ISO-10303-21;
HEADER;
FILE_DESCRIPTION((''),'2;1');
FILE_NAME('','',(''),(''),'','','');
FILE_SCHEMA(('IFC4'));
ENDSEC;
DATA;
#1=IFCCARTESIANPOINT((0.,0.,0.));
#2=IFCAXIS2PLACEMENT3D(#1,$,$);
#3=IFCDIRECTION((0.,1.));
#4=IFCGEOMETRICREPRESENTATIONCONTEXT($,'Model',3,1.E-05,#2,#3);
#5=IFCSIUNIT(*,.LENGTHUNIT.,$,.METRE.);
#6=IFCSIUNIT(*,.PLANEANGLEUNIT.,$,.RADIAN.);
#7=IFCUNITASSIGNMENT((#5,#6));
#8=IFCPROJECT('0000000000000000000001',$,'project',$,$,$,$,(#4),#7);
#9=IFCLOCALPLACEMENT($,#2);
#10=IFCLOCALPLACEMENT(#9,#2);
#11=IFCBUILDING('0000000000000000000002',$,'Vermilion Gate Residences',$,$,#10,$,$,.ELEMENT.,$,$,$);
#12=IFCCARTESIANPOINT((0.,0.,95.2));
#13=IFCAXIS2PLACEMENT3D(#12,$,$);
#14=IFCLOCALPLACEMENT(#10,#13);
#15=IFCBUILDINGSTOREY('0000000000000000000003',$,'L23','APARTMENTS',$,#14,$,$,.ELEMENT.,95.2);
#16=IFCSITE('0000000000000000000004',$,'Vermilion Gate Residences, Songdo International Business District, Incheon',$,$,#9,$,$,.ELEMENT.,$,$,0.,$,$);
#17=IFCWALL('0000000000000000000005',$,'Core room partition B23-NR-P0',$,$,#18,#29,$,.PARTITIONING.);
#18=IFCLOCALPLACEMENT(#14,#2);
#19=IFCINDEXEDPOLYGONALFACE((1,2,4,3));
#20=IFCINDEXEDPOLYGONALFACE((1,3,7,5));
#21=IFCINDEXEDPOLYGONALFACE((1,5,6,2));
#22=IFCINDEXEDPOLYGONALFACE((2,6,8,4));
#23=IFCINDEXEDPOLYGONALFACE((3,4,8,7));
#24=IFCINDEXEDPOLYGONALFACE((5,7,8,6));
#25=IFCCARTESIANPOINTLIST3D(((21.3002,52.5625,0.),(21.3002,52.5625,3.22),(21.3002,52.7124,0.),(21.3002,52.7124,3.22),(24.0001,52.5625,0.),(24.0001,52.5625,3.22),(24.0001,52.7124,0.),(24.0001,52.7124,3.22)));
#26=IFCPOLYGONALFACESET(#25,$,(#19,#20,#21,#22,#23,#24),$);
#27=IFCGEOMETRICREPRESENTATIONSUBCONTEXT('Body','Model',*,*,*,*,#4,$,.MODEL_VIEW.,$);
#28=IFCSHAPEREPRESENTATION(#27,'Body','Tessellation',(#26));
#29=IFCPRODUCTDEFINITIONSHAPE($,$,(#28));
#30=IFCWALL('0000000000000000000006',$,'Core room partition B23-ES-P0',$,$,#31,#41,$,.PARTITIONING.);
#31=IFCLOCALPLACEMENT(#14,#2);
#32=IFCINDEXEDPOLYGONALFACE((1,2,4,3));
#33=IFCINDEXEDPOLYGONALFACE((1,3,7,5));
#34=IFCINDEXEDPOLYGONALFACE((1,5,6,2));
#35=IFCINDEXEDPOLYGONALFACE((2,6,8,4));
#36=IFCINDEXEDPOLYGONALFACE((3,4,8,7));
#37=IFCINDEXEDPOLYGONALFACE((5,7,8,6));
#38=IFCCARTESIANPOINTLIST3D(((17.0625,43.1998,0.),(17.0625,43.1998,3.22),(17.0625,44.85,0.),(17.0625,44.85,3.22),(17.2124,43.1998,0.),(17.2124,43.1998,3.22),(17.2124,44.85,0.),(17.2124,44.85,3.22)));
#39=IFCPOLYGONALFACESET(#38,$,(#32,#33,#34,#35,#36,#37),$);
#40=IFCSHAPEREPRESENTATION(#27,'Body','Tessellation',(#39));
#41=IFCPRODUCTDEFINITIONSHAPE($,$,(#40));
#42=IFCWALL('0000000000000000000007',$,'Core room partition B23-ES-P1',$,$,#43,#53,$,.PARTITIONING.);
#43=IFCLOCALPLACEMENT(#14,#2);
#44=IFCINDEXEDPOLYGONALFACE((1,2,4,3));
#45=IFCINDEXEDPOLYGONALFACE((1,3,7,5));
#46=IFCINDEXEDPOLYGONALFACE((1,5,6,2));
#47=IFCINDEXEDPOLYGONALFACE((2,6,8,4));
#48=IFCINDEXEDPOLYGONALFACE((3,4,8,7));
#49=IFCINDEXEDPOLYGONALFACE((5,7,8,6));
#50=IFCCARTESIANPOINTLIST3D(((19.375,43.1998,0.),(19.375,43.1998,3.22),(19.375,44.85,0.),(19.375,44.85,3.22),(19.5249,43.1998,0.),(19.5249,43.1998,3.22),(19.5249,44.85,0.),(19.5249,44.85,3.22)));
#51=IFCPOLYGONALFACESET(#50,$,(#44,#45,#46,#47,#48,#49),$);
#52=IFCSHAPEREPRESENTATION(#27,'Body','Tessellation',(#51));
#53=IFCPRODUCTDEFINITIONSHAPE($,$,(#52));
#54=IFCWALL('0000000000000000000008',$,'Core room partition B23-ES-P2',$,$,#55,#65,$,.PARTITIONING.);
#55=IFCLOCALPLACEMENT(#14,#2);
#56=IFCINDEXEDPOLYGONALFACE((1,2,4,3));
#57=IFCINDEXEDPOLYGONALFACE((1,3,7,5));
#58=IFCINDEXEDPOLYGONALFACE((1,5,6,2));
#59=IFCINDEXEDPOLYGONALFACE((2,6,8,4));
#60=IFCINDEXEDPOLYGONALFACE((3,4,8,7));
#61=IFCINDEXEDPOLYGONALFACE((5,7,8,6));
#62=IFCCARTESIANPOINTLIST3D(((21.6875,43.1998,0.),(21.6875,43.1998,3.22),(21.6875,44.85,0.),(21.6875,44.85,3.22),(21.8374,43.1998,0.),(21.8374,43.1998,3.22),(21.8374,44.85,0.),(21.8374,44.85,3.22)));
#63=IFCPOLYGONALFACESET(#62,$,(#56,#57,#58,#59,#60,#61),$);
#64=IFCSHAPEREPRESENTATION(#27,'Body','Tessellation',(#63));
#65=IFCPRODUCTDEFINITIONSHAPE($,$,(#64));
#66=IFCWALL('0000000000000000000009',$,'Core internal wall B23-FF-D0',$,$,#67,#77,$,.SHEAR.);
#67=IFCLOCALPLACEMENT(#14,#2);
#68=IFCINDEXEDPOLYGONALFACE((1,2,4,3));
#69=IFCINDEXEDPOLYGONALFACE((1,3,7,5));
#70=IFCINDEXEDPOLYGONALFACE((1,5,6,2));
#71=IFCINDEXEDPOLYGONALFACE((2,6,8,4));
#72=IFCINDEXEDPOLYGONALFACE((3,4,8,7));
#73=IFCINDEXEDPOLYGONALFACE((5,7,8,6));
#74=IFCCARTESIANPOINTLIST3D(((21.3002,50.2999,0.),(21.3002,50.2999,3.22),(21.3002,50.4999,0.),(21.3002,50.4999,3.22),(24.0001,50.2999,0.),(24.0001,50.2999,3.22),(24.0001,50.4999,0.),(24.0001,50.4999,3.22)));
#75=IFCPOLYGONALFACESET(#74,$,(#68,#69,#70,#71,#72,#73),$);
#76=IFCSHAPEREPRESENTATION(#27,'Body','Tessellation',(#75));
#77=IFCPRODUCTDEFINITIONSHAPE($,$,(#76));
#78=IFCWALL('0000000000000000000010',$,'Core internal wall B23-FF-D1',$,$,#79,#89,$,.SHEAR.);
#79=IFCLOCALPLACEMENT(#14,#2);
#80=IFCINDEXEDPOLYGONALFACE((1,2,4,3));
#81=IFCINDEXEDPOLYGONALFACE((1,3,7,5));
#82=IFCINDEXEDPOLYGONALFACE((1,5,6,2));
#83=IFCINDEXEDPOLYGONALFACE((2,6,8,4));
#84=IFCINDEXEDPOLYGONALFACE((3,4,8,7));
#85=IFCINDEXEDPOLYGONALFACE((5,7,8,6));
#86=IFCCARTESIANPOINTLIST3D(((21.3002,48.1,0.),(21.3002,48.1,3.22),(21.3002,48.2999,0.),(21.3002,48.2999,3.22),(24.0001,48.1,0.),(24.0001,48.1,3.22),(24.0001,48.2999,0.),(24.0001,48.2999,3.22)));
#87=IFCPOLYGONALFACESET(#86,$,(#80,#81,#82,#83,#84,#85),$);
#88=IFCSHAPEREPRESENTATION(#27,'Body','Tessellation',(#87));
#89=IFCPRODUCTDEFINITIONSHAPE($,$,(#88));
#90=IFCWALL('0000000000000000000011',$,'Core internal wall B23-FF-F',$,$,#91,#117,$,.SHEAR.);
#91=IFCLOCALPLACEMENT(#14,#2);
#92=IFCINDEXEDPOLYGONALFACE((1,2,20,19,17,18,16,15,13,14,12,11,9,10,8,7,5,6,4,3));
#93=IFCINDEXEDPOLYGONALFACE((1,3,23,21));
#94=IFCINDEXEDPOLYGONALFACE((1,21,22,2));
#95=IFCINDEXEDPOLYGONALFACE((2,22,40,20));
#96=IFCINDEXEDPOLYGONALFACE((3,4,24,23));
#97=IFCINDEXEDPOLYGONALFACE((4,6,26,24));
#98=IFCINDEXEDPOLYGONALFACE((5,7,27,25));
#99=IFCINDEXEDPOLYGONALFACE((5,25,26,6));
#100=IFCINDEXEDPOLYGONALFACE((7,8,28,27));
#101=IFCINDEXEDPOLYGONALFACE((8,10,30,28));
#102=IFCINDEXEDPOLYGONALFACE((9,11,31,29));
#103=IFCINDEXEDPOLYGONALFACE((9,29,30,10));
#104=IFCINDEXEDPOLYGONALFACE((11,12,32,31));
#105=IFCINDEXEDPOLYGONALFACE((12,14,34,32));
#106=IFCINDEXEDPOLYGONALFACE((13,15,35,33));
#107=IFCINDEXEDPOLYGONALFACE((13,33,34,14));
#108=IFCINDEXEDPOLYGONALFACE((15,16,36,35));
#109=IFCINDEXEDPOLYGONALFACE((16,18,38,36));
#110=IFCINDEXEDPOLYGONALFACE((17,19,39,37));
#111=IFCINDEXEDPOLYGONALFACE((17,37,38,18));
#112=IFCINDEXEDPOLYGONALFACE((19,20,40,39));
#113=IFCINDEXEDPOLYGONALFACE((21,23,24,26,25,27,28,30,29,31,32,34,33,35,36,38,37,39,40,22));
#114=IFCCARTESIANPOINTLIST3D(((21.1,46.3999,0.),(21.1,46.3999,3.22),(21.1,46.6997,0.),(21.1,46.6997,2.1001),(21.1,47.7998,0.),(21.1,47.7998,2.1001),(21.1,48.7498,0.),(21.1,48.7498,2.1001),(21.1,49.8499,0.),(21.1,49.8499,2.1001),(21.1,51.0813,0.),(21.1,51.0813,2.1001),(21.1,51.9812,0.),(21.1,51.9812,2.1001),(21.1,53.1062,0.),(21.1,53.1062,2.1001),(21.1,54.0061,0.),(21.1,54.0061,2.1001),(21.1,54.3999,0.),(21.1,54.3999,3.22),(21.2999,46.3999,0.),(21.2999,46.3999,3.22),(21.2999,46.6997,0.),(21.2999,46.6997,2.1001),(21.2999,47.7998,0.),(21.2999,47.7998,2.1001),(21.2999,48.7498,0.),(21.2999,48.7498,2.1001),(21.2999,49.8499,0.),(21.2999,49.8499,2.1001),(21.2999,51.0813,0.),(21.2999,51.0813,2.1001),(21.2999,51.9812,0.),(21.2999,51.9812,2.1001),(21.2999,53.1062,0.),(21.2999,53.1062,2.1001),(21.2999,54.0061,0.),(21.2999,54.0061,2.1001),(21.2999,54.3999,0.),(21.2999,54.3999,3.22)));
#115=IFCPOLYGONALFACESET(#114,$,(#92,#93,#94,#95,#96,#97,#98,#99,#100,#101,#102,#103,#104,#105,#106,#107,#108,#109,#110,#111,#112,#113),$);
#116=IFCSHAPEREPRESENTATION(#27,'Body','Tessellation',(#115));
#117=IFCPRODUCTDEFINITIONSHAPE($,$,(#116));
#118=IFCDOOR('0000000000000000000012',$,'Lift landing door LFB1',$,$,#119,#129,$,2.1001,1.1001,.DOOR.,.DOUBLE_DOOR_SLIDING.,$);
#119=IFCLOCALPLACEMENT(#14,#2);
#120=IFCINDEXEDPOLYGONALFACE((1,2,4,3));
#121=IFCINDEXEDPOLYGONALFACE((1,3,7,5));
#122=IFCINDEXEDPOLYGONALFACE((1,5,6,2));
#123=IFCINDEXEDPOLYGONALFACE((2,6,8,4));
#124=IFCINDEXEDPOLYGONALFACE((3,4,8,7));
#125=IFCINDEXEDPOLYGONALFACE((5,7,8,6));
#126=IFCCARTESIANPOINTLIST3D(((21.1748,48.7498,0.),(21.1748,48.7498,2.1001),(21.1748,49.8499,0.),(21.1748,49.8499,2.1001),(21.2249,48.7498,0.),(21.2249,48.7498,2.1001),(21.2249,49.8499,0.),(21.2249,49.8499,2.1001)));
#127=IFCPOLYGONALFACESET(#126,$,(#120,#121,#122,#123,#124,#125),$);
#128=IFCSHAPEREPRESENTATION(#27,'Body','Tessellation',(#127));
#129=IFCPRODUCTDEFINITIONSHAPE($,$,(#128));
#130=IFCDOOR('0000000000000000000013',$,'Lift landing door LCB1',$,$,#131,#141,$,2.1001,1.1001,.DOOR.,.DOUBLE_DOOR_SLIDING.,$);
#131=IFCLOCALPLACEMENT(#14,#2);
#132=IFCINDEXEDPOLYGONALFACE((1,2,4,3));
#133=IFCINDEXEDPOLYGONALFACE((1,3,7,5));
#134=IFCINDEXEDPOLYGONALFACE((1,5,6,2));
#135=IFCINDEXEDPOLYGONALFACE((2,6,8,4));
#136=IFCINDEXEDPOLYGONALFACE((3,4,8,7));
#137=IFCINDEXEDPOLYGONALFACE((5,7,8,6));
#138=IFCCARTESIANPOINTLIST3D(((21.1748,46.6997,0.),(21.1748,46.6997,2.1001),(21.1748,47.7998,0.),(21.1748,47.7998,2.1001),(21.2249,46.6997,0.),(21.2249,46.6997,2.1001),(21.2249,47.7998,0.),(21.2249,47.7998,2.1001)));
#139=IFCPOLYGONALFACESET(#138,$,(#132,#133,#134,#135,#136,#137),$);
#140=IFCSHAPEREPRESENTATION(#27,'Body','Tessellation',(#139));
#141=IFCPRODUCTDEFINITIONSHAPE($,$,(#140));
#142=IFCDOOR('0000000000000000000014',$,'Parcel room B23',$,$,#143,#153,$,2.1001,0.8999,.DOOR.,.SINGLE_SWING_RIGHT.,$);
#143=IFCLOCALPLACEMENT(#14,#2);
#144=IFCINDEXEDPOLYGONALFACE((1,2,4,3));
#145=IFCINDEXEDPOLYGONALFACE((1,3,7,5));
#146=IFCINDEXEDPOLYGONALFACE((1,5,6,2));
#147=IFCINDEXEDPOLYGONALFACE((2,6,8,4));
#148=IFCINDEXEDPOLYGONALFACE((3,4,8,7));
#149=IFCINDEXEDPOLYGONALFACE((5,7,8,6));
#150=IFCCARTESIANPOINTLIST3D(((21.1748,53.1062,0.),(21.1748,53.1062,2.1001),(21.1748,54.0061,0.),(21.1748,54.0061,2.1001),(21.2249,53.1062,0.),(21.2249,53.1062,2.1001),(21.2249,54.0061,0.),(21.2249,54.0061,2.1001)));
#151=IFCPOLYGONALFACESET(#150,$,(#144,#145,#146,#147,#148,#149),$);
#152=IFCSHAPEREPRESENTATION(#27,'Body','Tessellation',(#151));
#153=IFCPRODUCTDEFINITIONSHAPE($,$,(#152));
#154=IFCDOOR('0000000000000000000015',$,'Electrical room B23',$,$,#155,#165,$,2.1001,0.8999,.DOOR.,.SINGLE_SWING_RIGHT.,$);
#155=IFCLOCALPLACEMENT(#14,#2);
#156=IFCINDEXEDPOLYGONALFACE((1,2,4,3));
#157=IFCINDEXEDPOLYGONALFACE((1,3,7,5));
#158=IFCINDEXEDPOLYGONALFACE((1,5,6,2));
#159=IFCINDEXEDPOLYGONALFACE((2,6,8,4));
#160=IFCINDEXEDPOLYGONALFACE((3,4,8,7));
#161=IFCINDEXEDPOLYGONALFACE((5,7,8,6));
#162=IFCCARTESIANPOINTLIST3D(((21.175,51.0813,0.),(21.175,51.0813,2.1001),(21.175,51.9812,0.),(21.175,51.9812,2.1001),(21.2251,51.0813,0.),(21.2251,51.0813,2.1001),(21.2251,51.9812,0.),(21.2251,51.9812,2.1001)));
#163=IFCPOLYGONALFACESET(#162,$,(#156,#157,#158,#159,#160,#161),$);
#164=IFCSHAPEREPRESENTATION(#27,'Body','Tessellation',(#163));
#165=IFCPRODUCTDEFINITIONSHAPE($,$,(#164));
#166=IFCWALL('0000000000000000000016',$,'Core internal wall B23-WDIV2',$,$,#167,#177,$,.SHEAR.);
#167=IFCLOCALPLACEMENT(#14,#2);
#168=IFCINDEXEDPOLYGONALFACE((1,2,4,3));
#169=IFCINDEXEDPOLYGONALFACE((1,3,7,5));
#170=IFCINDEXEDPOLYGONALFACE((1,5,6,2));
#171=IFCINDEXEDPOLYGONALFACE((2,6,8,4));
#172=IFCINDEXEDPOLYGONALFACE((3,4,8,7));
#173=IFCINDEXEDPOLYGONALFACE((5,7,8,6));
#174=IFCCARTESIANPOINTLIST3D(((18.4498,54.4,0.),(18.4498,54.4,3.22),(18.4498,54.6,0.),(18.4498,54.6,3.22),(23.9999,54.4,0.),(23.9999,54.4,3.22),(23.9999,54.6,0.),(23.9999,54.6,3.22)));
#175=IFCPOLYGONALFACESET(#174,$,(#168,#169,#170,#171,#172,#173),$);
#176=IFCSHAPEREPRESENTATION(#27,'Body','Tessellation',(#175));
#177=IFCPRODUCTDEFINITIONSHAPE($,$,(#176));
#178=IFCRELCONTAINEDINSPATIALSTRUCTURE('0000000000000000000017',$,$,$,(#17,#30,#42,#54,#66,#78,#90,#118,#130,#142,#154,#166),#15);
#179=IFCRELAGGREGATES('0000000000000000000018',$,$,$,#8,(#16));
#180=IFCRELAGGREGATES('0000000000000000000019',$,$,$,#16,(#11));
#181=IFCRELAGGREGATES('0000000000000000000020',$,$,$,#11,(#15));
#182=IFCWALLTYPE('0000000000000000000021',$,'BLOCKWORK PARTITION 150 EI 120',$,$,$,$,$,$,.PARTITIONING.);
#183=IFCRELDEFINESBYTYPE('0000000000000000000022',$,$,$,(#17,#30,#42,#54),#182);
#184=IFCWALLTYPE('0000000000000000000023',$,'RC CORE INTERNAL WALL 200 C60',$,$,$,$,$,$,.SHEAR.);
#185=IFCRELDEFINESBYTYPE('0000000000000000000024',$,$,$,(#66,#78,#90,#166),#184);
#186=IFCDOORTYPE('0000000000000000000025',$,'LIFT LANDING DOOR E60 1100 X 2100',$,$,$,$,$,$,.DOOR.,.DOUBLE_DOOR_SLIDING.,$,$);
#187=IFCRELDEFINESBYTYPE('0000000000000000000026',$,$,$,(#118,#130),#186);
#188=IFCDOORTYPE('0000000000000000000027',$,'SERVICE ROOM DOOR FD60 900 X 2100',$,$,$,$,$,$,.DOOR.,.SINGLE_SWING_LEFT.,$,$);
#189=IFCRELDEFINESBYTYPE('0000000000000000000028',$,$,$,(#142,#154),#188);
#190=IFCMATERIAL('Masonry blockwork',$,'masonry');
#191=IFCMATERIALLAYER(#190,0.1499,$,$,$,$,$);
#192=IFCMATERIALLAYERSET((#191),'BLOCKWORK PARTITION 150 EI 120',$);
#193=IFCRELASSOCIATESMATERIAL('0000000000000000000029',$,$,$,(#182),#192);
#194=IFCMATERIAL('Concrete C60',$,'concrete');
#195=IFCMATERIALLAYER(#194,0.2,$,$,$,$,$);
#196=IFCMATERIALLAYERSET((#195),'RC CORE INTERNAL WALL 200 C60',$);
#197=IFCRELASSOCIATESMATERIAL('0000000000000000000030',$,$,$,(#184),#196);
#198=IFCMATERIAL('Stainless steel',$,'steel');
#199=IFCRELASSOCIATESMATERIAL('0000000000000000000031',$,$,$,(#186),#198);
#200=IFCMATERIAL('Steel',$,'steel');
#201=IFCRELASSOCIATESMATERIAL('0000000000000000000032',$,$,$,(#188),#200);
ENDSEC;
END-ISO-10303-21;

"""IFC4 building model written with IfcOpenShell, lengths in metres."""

from ifc_helpers import new_model, si_unit, direction, frame, frame_2d, origin, place, context, subcontext, project, spatial, rectangle, extrude, material, layer, layer_set, type_object, element, fill, save


model = new_model("IFC4")

# Units and contexts
model_context = context("Model", 3, precision=1e-05, world=origin(), true_north=direction((0.0, 1.0)))
body_context = subcontext(model_context, "Body", "Model", "MODEL_VIEW")
ifc_project = project(units=[si_unit("LENGTHUNIT", "METRE"), si_unit("PLANEANGLEUNIT", "RADIAN")], contexts=[model_context])

# Site, building, storey
site_placement = place(None, origin())
site = spatial("IfcSite", under=ifc_project, at=site_placement, Name="Vermilion Gate Residences, Songdo International Business District, Incheon", CompositionType="ELEMENT", RefElevation=0.0)
building_placement = place(site_placement, origin())
building = spatial("IfcBuilding", under=site, at=building_placement, Name="Vermilion Gate Residences", CompositionType="ELEMENT")
storey_placement = place(building_placement, frame((0.0, 0.0, 95.2)))
storey = spatial("IfcBuildingStorey", under=building, at=storey_placement, Name="L23", Description="APARTMENTS", CompositionType="ELEMENT", Elevation=95.2)

# Walls
ifc_material_1 = material(Name="Masonry blockwork", Category="masonry")
ifc_layer_1 = layer(ifc_material_1, 0.1499)
ifc_layer_set_1 = layer_set([ifc_layer_1], Name="BLOCKWORK PARTITION 150 EI 120")
wall_type_1 = type_object("IfcWallType", Name="BLOCKWORK PARTITION 150 EI 120", PredefinedType="PARTITIONING", material=ifc_layer_set_1)
wall_1_placement = place(storey_placement, frame((21.3, 52.6375, 0.0), z_axis=(0.0, 0.0, 1.0), x_axis=(1.0, 0.0, 0.0)))
element("IfcWall", 1, at=wall_1_placement, inside=storey, type_object=wall_type_1, Name="Core room partition B23-NR-P0", PredefinedType="PARTITIONING", context=body_context, shape_type="SweptSolid", body=[
    extrude(rectangle(XDim=2.7, YDim=0.1499, at=frame_2d((1.3501, 0.0))), origin(), (0.0, 0.0, 1.0), 3.22),
])
for number, where, z_axis, x_axis, name in (
    (2, (17.1375, 44.8501, 0.0), (0.0, 0.0, 1.0), (0.0, -1.0, 0.0), "Core room partition B23-ES-P0"),
    (3, (19.45, 44.8501, 0.0), (0.0, 0.0, 1.0), (0.0, -1.0, 0.0), "Core room partition B23-ES-P1"),
    (4, (21.7625, 44.8501, 0.0), (0.0, 0.0, 1.0), (0.0, -1.0, 0.0), "Core room partition B23-ES-P2"),
):
    element("IfcWall", number, at=place(storey_placement, frame(where, z_axis=z_axis, x_axis=x_axis)), inside=storey, type_object=wall_type_1, Name=name, PredefinedType="PARTITIONING", context=body_context, shape_type="SweptSolid", body=[
        extrude(rectangle(XDim=1.6501, YDim=0.1499, at=frame_2d((0.8252, 0.0))), origin(), (0.0, 0.0, 1.0), 3.22),
    ])
ifc_material_2 = material(Name="Concrete C60", Category="concrete")
ifc_layer_2 = layer(ifc_material_2, 0.2)
ifc_layer_set_2 = layer_set([ifc_layer_2], Name="RC CORE INTERNAL WALL 200 C60")
wall_type_2 = type_object("IfcWallType", Name="RC CORE INTERNAL WALL 200 C60", PredefinedType="SHEAR", material=ifc_layer_set_2)
for number, where, z_axis, x_axis, name in (
    (5, (21.3, 50.3999, 0.0), (0.0, 0.0, 1.0), (1.0, 0.0, 0.0), "Core internal wall B23-FF-D0"),
    (6, (21.3, 48.2, 0.0), (0.0, 0.0, 1.0), (1.0, 0.0, 0.0), "Core internal wall B23-FF-D1"),
):
    element("IfcWall", number, at=place(storey_placement, frame(where, z_axis=z_axis, x_axis=x_axis)), inside=storey, type_object=wall_type_2, Name=name, PredefinedType="SHEAR", context=body_context, shape_type="SweptSolid", body=[
        extrude(rectangle(XDim=2.7, YDim=0.2, at=frame_2d((1.3501, 0.0))), origin(), (0.0, 0.0, 1.0), 3.22),
    ])

# Wall, openings, doors
wall_2_placement = place(storey_placement, frame((21.2, 54.3999, 0.0), z_axis=(0.0, 0.0, 1.0), x_axis=(0.0, -1.0, 0.0)))
wall_2 = element("IfcWall", 7, at=wall_2_placement, inside=storey, type_object=wall_type_2, Name="Core internal wall B23-FF-F", PredefinedType="SHEAR", context=body_context, shape_type="SweptSolid", body=[
    extrude(rectangle(XDim=8.0, YDim=0.2, at=frame_2d((4.0, 0.0))), origin(), (0.0, 0.0, 1.0), 3.22),
])
opening_1_placement = place(wall_2_placement, frame((0.3938, 0.0, 0.0)))
opening_1 = element("IfcOpeningElement", 8, at=opening_1_placement, cuts=wall_2, PredefinedType="OPENING", context=body_context, shape_type="SweptSolid", body=[
    extrude(rectangle(XDim=0.8999, YDim=2.1001, at=frame_2d((0.45, 1.05))), frame((0.0, 0.1099, 0.0), z_axis=(0.0, -1.0, 0.0), x_axis=(1.0, 0.0, 0.0)), (0.0, 0.0, 1.0), 0.22),
])
opening_2_placement = place(wall_2_placement, frame((2.4187, 0.0, 0.0)))
opening_2 = element("IfcOpeningElement", 9, at=opening_2_placement, cuts=wall_2, PredefinedType="OPENING", context=body_context, shape_type="SweptSolid", body=[
    extrude(rectangle(XDim=0.8999, YDim=2.1001, at=frame_2d((0.45, 1.05))), frame((0.0, 0.1099, 0.0), z_axis=(0.0, -1.0, 0.0), x_axis=(1.0, 0.0, 0.0)), (0.0, 0.0, 1.0), 0.22),
])
opening_3_placement = place(wall_2_placement, frame((4.55, 0.0, 0.0)))
opening_3 = element("IfcOpeningElement", 10, at=opening_3_placement, cuts=wall_2, PredefinedType="OPENING", context=body_context, shape_type="SweptSolid", body=[
    extrude(rectangle(XDim=1.1001, YDim=2.1001, at=frame_2d((0.55, 1.05))), frame((0.0, 0.1099, 0.0), z_axis=(0.0, -1.0, 0.0), x_axis=(1.0, 0.0, 0.0)), (0.0, 0.0, 1.0), 0.22),
])
opening_4_placement = place(wall_2_placement, frame((6.6001, 0.0, 0.0)))
opening_4 = element("IfcOpeningElement", 11, at=opening_4_placement, cuts=wall_2, PredefinedType="OPENING", context=body_context, shape_type="SweptSolid", body=[
    extrude(rectangle(XDim=1.1001, YDim=2.1001, at=frame_2d((0.55, 1.05))), frame((0.0, 0.1099, 0.0), z_axis=(0.0, -1.0, 0.0), x_axis=(1.0, 0.0, 0.0)), (0.0, 0.0, 1.0), 0.22),
])
ifc_material_3 = material(Name="Stainless steel", Category="steel")
door_type_1 = type_object("IfcDoorType", Name="LIFT LANDING DOOR E60 1100 X 2100", OperationType="DOUBLE_DOOR_SLIDING", PredefinedType="DOOR", material=ifc_material_3)
door_1_placement = place(opening_3_placement, origin())
door_1 = element("IfcDoor", 12, at=door_1_placement, inside=storey, type_object=door_type_1, Name="Lift landing door LFB1", OperationType="DOUBLE_DOOR_SLIDING", OverallHeight=2.1001, OverallWidth=1.1001, PredefinedType="DOOR", context=body_context, shape_type="SweptSolid", body=[
    extrude(rectangle(XDim=1.1001, YDim=2.1001, at=frame_2d((0.55, 1.05))), frame((0.0, 0.0249, 0.0), z_axis=(0.0, -1.0, 0.0), x_axis=(1.0, 0.0, 0.0)), (0.0, 0.0, 1.0), 0.05),
])
fill(opening_3, door_1)
door_2_placement = place(opening_4_placement, origin())
door_2 = element("IfcDoor", 13, at=door_2_placement, inside=storey, type_object=door_type_1, Name="Lift landing door LCB1", OperationType="DOUBLE_DOOR_SLIDING", OverallHeight=2.1001, OverallWidth=1.1001, PredefinedType="DOOR", context=body_context, shape_type="SweptSolid", body=[
    extrude(rectangle(XDim=1.1001, YDim=2.1001, at=frame_2d((0.55, 1.05))), frame((0.0, 0.0249, 0.0), z_axis=(0.0, -1.0, 0.0), x_axis=(1.0, 0.0, 0.0)), (0.0, 0.0, 1.0), 0.05),
])
fill(opening_4, door_2)
ifc_material_4 = material(Name="Steel", Category="steel")
door_type_2 = type_object("IfcDoorType", Name="SERVICE ROOM DOOR FD60 900 X 2100", OperationType="SINGLE_SWING_LEFT", PredefinedType="DOOR", material=ifc_material_4)
door_3_placement = place(opening_1_placement, origin())
door_3 = element("IfcDoor", 14, at=door_3_placement, inside=storey, type_object=door_type_2, Name="Parcel room B23", OperationType="SINGLE_SWING_RIGHT", OverallHeight=2.1001, OverallWidth=0.8999, PredefinedType="DOOR", context=body_context, shape_type="SweptSolid", body=[
    extrude(rectangle(XDim=0.8999, YDim=2.1001, at=frame_2d((0.45, 1.05))), frame((0.0, 0.0249, 0.0), z_axis=(0.0, -1.0, 0.0), x_axis=(1.0, 0.0, 0.0)), (0.0, 0.0, 1.0), 0.05),
])
fill(opening_1, door_3)
door_4_placement = place(opening_2_placement, frame((0.8999, 0.0, 0.0), z_axis=(0.0, 0.0, 1.0), x_axis=(-1.0, 0.0, 0.0)))
door_4 = element("IfcDoor", 15, at=door_4_placement, inside=storey, type_object=door_type_2, Name="Electrical room B23", OperationType="SINGLE_SWING_RIGHT", OverallHeight=2.1001, OverallWidth=0.8999, PredefinedType="DOOR", context=body_context, shape_type="SweptSolid", body=[
    extrude(rectangle(XDim=0.8999, YDim=2.1001, at=frame_2d((0.45, 1.05))), frame((0.0, 0.0249, 0.0), z_axis=(0.0, -1.0, 0.0), x_axis=(1.0, 0.0, 0.0)), (0.0, 0.0, 1.0), 0.05),
])
fill(opening_2, door_4)

# Wall
wall_3_placement = place(storey_placement, frame((18.45, 54.5, 0.0), z_axis=(0.0, 0.0, 1.0), x_axis=(1.0, 0.0, 0.0)))
element("IfcWall", 16, at=wall_3_placement, inside=storey, type_object=wall_type_2, Name="Core internal wall B23-WDIV2", PredefinedType="SHEAR", context=body_context, shape_type="SweptSolid", body=[
    extrude(rectangle(XDim=5.55, YDim=0.2, at=frame_2d((2.7749, 0.0))), origin(), (0.0, 0.0, 1.0), 3.22),
])

save(model, "model.ifc")
